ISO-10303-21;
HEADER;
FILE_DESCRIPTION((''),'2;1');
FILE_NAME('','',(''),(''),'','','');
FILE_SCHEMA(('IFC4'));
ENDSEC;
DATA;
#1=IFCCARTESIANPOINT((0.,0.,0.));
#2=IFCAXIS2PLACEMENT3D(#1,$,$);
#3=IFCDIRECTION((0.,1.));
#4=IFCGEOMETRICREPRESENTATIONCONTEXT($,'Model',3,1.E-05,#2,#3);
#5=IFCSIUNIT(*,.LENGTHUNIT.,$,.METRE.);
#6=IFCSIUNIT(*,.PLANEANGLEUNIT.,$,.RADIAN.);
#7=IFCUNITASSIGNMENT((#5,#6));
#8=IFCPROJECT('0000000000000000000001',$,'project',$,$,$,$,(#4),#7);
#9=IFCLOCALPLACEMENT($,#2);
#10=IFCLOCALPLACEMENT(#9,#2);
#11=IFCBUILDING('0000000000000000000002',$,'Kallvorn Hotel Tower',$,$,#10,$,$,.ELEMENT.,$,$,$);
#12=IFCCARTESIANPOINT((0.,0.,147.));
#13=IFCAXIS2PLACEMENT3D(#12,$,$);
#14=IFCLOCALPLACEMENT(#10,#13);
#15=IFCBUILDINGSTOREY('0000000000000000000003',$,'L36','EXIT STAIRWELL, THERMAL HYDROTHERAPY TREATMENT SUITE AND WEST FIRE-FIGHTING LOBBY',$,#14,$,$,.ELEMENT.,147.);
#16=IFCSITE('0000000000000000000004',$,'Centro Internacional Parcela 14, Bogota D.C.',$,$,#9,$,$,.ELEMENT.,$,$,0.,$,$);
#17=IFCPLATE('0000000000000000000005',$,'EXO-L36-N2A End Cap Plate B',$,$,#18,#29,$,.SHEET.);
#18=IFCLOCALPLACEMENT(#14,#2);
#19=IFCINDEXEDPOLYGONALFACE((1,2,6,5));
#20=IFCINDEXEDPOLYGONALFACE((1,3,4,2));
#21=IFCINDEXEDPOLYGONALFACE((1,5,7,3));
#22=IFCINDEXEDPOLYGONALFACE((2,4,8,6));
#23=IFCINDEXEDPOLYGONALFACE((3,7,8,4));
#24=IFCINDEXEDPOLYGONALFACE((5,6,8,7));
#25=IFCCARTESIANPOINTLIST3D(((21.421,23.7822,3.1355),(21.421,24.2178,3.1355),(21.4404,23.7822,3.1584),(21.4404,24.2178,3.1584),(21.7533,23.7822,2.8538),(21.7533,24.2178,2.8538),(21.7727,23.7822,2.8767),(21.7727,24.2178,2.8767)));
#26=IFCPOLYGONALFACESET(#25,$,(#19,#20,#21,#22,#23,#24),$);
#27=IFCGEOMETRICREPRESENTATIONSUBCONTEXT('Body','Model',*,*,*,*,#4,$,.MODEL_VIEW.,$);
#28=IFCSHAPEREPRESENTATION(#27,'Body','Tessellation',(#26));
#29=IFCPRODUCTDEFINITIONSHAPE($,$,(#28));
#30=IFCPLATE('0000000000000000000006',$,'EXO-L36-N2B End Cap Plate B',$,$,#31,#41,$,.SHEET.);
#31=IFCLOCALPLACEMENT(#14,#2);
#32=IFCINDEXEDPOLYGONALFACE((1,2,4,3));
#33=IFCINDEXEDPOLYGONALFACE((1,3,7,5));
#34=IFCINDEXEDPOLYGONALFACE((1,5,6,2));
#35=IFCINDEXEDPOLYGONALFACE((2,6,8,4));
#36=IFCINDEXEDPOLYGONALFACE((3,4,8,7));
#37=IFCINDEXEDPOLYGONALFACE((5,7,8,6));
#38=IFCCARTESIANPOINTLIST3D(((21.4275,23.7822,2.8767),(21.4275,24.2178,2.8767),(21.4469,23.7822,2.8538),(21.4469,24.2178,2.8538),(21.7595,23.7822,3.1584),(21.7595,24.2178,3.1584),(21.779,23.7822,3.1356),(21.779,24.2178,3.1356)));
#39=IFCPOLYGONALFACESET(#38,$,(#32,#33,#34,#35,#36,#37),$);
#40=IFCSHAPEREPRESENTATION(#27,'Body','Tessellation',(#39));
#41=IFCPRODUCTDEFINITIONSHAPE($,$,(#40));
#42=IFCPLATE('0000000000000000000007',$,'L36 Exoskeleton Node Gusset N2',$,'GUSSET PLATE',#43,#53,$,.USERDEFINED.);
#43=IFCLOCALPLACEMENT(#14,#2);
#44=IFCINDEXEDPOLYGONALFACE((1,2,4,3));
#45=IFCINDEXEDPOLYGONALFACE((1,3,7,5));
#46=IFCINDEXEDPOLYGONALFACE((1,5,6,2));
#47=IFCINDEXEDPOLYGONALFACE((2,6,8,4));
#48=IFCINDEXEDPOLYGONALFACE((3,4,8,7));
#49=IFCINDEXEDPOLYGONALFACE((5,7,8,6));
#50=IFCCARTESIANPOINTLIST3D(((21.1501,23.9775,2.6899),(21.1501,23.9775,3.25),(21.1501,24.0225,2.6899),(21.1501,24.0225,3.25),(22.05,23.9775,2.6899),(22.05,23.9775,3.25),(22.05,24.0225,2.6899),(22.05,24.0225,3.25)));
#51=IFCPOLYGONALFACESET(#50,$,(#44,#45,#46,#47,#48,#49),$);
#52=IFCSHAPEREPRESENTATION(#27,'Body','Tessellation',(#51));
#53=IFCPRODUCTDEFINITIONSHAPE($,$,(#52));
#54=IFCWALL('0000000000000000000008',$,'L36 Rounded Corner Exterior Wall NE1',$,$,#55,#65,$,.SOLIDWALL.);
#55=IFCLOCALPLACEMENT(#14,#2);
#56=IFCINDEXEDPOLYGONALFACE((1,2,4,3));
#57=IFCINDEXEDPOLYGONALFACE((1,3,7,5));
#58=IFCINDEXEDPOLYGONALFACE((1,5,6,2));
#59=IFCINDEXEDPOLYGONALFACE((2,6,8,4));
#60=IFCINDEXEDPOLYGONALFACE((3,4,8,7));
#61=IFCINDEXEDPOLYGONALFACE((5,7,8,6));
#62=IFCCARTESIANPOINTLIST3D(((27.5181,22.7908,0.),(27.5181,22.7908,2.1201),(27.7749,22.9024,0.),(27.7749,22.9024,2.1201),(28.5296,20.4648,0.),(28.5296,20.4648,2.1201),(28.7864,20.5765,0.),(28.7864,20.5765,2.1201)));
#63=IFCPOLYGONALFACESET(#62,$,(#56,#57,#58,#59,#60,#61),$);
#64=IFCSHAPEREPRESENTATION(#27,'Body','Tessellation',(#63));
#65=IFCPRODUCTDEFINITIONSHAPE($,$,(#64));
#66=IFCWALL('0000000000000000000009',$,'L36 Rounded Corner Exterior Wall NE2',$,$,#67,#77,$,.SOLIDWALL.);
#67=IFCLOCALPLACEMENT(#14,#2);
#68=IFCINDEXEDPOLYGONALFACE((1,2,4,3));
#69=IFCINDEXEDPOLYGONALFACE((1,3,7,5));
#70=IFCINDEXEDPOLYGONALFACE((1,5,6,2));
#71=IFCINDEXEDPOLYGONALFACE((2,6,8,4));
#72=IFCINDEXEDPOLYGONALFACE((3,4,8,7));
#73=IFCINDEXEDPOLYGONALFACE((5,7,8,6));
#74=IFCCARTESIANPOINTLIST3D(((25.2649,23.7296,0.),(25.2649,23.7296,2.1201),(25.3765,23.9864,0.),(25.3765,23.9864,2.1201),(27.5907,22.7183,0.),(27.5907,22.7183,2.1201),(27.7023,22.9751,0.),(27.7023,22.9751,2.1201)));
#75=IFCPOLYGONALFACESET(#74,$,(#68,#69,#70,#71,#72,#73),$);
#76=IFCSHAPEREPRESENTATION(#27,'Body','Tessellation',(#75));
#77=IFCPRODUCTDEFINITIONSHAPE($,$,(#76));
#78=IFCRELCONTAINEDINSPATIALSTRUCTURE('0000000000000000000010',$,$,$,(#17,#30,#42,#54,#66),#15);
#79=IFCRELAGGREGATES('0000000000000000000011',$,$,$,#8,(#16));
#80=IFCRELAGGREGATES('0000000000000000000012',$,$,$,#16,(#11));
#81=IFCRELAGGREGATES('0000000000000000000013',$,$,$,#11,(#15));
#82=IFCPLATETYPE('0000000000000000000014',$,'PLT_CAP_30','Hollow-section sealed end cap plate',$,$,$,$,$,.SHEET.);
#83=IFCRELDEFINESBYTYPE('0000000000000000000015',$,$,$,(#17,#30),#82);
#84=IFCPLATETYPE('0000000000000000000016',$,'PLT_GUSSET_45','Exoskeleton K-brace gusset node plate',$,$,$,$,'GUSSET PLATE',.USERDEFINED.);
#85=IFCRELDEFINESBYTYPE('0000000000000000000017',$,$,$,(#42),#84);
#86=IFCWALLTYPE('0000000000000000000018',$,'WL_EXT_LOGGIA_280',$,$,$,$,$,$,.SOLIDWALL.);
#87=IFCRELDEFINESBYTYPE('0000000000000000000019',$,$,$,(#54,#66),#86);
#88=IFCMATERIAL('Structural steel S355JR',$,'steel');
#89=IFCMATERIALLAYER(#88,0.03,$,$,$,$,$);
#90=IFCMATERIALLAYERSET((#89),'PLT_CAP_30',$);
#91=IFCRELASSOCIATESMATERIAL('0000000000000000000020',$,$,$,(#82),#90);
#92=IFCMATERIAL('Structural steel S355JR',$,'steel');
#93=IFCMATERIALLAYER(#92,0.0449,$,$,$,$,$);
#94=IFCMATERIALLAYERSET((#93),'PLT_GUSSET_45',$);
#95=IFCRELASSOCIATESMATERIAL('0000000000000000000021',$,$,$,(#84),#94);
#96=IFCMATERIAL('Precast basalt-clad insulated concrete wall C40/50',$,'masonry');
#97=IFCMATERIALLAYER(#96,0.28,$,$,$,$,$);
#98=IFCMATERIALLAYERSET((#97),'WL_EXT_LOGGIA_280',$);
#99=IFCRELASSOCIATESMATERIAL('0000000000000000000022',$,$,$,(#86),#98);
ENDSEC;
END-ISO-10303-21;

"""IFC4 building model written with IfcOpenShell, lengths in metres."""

from ifc_helpers import new_model, si_unit, direction, frame, frame_2d, origin, origin_2d, place, context, subcontext, project, spatial, polyline, rectangle, outline, extrude, material, layer, layer_set, type_object, element, save


model = new_model("IFC4")

# Units and contexts
model_context = context("Model", 3, precision=1e-05, world=origin(), true_north=direction((0.0, 1.0)))
body_context = subcontext(model_context, "Body", "Model", "MODEL_VIEW")
ifc_project = project(units=[si_unit("LENGTHUNIT", "METRE"), si_unit("PLANEANGLEUNIT", "RADIAN")], contexts=[model_context])

# Site, building, storey
site_placement = place(None, origin())
site = spatial("IfcSite", under=ifc_project, at=site_placement, Name="Centro Internacional Parcela 14, Bogota D.C.", CompositionType="ELEMENT", RefElevation=0.0)
building_placement = place(site_placement, origin())
building = spatial("IfcBuilding", under=site, at=building_placement, Name="Kallvorn Hotel Tower", CompositionType="ELEMENT")
storey_placement = place(building_placement, frame((0.0, 0.0, 147.0)))
storey = spatial("IfcBuildingStorey", under=building, at=storey_placement, Name="L36", Description="EXIT STAIRWELL, THERMAL HYDROTHERAPY TREATMENT SUITE AND WEST FIRE-FIGHTING LOBBY", CompositionType="ELEMENT", Elevation=147.0)

# Plates
ifc_material_1 = material(Name="Structural steel S355JR", Category="steel")
ifc_layer_1 = layer(ifc_material_1, 0.03)
ifc_layer_set_1 = layer_set([ifc_layer_1], Name="PLT_CAP_30")
plate_type_1 = type_object("IfcPlateType", Name="PLT_CAP_30", Description="Hollow-section sealed end cap plate", PredefinedType="SHEET", material=ifc_layer_set_1)
plate_1_placement = place(storey_placement, frame((21.7727, 23.7822, 2.8767), z_axis=(0.646721, 0.0, 0.762727), x_axis=(0.0, 1.0, 0.0)))
element("IfcPlate", 1, at=plate_1_placement, inside=storey, type_object=plate_type_1, Name="EXO-L36-N2A End Cap Plate B", PredefinedType="SHEET", context=body_context, shape_type="SweptSolid", body=[
    extrude(outline(polyline([(0.0, 0.0), (0.4355, 0.0), (0.4355, 0.4356), (0.0, 0.4356), (0.0, 0.0)])), origin(), (0.0, 0.0, -1.0), 0.03),
])
plate_2_placement = place(storey_placement, frame((21.4275, 24.2178, 2.8767), z_axis=(-0.646997, 0.0, 0.762492), x_axis=(0.0, -1.0, 0.0)))
element("IfcPlate", 2, at=plate_2_placement, inside=storey, type_object=plate_type_1, Name="EXO-L36-N2B End Cap Plate B", PredefinedType="SHEET", context=body_context, shape_type="SweptSolid", body=[
    extrude(outline(polyline([(0.0, 0.0), (0.4355, 0.0), (0.4355, 0.4355), (0.0, 0.4355), (0.0, 0.0)])), origin(), (0.0, 0.0, -1.0), 0.03),
])
ifc_material_2 = material(Name="Structural steel S355JR", Category="steel")
ifc_layer_2 = layer(ifc_material_2, 0.0449)
ifc_layer_set_2 = layer_set([ifc_layer_2], Name="PLT_GUSSET_45")
plate_type_2 = type_object("IfcPlateType", Name="PLT_GUSSET_45", Description="Exoskeleton K-brace gusset node plate", ElementType="GUSSET PLATE", PredefinedType="USERDEFINED", material=ifc_layer_set_2)
plate_3_placement = place(storey_placement, frame((21.6001, 24.0, 2.6899), z_axis=(0.0, 0.0, 1.0), x_axis=(1.0, 0.0, 0.0)))
element("IfcPlate", 3, at=plate_3_placement, inside=storey, type_object=plate_type_2, Name="L36 Exoskeleton Node Gusset N2", ObjectType="GUSSET PLATE", PredefinedType="USERDEFINED", context=body_context, shape_type="SweptSolid", body=[
    extrude(rectangle(XDim=0.8999, YDim=0.0449, at=origin_2d()), origin(), (0.0, 0.0, 1.0), 0.5601),
])

# Walls
ifc_material_3 = material(Name="Precast basalt-clad insulated concrete wall C40/50", Category="masonry")
ifc_layer_3 = layer(ifc_material_3, 0.28)
ifc_layer_set_3 = layer_set([ifc_layer_3], Name="WL_EXT_LOGGIA_280")
wall_type = type_object("IfcWallType", Name="WL_EXT_LOGGIA_280", PredefinedType="SOLIDWALL", material=ifc_layer_set_3)
wall_1_placement = place(storey_placement, frame((28.658, 20.5208, 0.0), z_axis=(0.0, 0.0, 1.0), x_axis=(-0.398793, 0.917041, 0.0)))
element("IfcWall", 4, at=wall_1_placement, inside=storey, type_object=wall_type, Name="L36 Rounded Corner Exterior Wall NE1", PredefinedType="SOLIDWALL", context=body_context, shape_type="SweptSolid", body=[
    extrude(rectangle(XDim=2.5364, YDim=0.28, at=frame_2d((1.2681, 0.0))), origin(), (0.0, 0.0, 1.0), 2.1201),
])
wall_2_placement = place(storey_placement, frame((27.6465, 22.8467, 0.0), z_axis=(0.0, 0.0, 1.0), x_axis=(-0.917061, 0.398747, 0.0)))
element("IfcWall", 5, at=wall_2_placement, inside=storey, type_object=wall_type, Name="L36 Rounded Corner Exterior Wall NE2", PredefinedType="SOLIDWALL", context=body_context, shape_type="SweptSolid", body=[
    extrude(rectangle(XDim=2.5361, YDim=0.28, at=frame_2d((1.2681, 0.0))), origin(), (0.0, 0.0, 1.0), 2.1201),
])

save(model, "model.ifc")
